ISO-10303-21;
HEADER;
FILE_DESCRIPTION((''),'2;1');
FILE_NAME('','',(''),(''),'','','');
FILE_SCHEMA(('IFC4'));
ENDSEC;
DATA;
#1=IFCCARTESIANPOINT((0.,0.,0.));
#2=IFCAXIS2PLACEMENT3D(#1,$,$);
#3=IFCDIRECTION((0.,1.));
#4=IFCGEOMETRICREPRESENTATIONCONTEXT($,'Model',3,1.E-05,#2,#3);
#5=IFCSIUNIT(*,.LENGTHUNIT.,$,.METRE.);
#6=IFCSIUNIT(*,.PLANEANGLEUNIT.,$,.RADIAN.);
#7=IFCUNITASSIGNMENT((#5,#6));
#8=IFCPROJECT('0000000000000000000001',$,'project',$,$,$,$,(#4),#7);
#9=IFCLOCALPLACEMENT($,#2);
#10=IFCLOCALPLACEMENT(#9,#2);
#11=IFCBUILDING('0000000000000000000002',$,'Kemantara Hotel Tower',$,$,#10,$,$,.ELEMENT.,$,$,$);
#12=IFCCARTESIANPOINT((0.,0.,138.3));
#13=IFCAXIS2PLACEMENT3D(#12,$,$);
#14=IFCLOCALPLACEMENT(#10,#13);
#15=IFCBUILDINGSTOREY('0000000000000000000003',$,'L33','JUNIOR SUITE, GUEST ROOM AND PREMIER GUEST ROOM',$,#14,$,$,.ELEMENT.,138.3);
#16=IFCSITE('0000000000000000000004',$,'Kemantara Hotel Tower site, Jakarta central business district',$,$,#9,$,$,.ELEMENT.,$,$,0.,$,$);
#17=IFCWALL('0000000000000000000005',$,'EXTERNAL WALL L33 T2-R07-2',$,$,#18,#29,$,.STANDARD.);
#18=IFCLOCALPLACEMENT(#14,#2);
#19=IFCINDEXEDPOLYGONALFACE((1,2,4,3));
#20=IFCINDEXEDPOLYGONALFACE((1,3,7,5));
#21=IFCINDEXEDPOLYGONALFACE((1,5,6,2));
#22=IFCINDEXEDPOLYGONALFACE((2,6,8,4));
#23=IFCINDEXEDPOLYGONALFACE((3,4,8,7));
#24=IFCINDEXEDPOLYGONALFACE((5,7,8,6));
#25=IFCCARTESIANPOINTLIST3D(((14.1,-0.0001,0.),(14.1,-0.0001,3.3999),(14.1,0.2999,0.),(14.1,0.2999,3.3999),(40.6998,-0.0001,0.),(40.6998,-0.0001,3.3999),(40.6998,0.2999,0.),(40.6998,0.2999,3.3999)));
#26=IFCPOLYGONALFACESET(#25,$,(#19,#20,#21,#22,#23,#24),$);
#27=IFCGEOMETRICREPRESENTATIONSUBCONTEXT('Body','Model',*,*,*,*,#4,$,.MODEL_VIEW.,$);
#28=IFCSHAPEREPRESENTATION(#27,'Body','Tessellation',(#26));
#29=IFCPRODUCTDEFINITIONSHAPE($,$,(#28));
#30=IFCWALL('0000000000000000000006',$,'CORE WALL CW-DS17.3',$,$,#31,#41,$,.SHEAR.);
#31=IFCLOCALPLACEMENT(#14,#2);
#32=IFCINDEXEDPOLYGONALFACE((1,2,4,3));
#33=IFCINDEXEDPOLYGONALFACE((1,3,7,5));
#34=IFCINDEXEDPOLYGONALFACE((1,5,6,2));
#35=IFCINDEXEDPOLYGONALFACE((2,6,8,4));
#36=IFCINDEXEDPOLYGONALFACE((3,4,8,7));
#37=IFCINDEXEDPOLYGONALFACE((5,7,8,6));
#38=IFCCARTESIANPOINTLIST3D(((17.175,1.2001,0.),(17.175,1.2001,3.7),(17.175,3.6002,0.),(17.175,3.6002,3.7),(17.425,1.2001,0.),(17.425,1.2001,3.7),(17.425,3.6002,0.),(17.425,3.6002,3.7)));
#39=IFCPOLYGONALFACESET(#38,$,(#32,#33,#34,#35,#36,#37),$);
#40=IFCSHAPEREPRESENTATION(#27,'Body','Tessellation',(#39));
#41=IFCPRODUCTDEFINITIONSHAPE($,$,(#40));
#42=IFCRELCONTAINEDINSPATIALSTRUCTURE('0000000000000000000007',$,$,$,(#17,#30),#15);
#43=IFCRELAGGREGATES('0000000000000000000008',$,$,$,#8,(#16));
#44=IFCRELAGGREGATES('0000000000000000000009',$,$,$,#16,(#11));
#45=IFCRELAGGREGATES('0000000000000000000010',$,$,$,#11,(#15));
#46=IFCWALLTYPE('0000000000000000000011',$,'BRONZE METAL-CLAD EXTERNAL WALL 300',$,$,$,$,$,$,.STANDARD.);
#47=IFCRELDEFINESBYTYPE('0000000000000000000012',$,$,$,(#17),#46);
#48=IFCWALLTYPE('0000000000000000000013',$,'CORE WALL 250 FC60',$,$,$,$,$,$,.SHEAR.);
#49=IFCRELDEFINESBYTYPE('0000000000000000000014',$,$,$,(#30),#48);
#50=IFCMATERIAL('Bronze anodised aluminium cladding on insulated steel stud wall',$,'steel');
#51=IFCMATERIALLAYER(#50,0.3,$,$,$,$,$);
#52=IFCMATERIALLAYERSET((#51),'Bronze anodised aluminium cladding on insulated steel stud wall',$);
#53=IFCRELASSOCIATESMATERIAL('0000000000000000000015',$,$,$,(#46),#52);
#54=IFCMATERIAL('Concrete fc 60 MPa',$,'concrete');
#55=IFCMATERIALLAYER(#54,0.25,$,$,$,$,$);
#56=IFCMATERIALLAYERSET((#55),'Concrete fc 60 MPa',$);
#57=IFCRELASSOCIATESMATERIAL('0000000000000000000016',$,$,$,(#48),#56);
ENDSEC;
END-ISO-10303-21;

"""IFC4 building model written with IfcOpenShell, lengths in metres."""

from ifc_helpers import new_model, si_unit, direction, frame, frame_2d, origin, place, context, subcontext, project, spatial, rectangle, extrude, material, layer, layer_set, type_object, element, save


model = new_model("IFC4")

# Units and contexts
model_context = context("Model", 3, precision=1e-05, world=origin(), true_north=direction((0.0, 1.0)))
body_context = subcontext(model_context, "Body", "Model", "MODEL_VIEW")
ifc_project = project(units=[si_unit("LENGTHUNIT", "METRE"), si_unit("PLANEANGLEUNIT", "RADIAN")], contexts=[model_context])

# Site, building, storey
site_placement = place(None, origin())
site = spatial("IfcSite", under=ifc_project, at=site_placement, Name="Kemantara Hotel Tower site, Jakarta central business district", CompositionType="ELEMENT", RefElevation=0.0)
building_placement = place(site_placement, origin())
building = spatial("IfcBuilding", under=site, at=building_placement, Name="Kemantara Hotel Tower", CompositionType="ELEMENT")
storey_placement = place(building_placement, frame((0.0, 0.0, 138.3)))
storey = spatial("IfcBuildingStorey", under=building, at=storey_placement, Name="L33", Description="JUNIOR SUITE, GUEST ROOM AND PREMIER GUEST ROOM", CompositionType="ELEMENT", Elevation=138.3)

# Walls
ifc_material_1 = material(Name="Bronze anodised aluminium cladding on insulated steel stud wall", Category="steel")
ifc_layer_1 = layer(ifc_material_1, 0.3)
ifc_layer_set_1 = layer_set([ifc_layer_1], Name="Bronze anodised aluminium cladding on insulated steel stud wall")
wall_type_1 = type_object("IfcWallType", Name="BRONZE METAL-CLAD EXTERNAL WALL 300", PredefinedType="STANDARD", material=ifc_layer_set_1)
wall_1_placement = place(storey_placement, frame((14.1001, 0.1499, 0.0), z_axis=(0.0, 0.0, 1.0), x_axis=(1.0, 0.0, 0.0)))
element("IfcWall", 1, at=wall_1_placement, inside=storey, type_object=wall_type_1, Name="EXTERNAL WALL L33 T2-R07-2", PredefinedType="STANDARD", context=body_context, shape_type="SweptSolid", body=[
    extrude(rectangle(XDim=26.5999, YDim=0.3, at=frame_2d((13.2998, 0.0))), origin(), (0.0, 0.0, 1.0), 3.3999),
])
ifc_material_2 = material(Name="Concrete fc 60 MPa", Category="concrete")
ifc_layer_2 = layer(ifc_material_2, 0.25)
ifc_layer_set_2 = layer_set([ifc_layer_2], Name="Concrete fc 60 MPa")
wall_type_2 = type_object("IfcWallType", Name="CORE WALL 250 FC60", PredefinedType="SHEAR", material=ifc_layer_set_2)
wall_2_placement = place(storey_placement, frame((17.3, 1.2, 0.0), z_axis=(0.0, 0.0, 1.0), x_axis=(0.0, 1.0, 0.0)))
element("IfcWall", 2, at=wall_2_placement, inside=storey, type_object=wall_type_2, Name="CORE WALL CW-DS17.3", PredefinedType="SHEAR", context=body_context, shape_type="SweptSolid", body=[
    extrude(rectangle(XDim=2.4001, YDim=0.25, at=frame_2d((1.2002, 0.0))), origin(), (0.0, 0.0, 1.0), 3.7),
])

save(model, "model.ifc")
